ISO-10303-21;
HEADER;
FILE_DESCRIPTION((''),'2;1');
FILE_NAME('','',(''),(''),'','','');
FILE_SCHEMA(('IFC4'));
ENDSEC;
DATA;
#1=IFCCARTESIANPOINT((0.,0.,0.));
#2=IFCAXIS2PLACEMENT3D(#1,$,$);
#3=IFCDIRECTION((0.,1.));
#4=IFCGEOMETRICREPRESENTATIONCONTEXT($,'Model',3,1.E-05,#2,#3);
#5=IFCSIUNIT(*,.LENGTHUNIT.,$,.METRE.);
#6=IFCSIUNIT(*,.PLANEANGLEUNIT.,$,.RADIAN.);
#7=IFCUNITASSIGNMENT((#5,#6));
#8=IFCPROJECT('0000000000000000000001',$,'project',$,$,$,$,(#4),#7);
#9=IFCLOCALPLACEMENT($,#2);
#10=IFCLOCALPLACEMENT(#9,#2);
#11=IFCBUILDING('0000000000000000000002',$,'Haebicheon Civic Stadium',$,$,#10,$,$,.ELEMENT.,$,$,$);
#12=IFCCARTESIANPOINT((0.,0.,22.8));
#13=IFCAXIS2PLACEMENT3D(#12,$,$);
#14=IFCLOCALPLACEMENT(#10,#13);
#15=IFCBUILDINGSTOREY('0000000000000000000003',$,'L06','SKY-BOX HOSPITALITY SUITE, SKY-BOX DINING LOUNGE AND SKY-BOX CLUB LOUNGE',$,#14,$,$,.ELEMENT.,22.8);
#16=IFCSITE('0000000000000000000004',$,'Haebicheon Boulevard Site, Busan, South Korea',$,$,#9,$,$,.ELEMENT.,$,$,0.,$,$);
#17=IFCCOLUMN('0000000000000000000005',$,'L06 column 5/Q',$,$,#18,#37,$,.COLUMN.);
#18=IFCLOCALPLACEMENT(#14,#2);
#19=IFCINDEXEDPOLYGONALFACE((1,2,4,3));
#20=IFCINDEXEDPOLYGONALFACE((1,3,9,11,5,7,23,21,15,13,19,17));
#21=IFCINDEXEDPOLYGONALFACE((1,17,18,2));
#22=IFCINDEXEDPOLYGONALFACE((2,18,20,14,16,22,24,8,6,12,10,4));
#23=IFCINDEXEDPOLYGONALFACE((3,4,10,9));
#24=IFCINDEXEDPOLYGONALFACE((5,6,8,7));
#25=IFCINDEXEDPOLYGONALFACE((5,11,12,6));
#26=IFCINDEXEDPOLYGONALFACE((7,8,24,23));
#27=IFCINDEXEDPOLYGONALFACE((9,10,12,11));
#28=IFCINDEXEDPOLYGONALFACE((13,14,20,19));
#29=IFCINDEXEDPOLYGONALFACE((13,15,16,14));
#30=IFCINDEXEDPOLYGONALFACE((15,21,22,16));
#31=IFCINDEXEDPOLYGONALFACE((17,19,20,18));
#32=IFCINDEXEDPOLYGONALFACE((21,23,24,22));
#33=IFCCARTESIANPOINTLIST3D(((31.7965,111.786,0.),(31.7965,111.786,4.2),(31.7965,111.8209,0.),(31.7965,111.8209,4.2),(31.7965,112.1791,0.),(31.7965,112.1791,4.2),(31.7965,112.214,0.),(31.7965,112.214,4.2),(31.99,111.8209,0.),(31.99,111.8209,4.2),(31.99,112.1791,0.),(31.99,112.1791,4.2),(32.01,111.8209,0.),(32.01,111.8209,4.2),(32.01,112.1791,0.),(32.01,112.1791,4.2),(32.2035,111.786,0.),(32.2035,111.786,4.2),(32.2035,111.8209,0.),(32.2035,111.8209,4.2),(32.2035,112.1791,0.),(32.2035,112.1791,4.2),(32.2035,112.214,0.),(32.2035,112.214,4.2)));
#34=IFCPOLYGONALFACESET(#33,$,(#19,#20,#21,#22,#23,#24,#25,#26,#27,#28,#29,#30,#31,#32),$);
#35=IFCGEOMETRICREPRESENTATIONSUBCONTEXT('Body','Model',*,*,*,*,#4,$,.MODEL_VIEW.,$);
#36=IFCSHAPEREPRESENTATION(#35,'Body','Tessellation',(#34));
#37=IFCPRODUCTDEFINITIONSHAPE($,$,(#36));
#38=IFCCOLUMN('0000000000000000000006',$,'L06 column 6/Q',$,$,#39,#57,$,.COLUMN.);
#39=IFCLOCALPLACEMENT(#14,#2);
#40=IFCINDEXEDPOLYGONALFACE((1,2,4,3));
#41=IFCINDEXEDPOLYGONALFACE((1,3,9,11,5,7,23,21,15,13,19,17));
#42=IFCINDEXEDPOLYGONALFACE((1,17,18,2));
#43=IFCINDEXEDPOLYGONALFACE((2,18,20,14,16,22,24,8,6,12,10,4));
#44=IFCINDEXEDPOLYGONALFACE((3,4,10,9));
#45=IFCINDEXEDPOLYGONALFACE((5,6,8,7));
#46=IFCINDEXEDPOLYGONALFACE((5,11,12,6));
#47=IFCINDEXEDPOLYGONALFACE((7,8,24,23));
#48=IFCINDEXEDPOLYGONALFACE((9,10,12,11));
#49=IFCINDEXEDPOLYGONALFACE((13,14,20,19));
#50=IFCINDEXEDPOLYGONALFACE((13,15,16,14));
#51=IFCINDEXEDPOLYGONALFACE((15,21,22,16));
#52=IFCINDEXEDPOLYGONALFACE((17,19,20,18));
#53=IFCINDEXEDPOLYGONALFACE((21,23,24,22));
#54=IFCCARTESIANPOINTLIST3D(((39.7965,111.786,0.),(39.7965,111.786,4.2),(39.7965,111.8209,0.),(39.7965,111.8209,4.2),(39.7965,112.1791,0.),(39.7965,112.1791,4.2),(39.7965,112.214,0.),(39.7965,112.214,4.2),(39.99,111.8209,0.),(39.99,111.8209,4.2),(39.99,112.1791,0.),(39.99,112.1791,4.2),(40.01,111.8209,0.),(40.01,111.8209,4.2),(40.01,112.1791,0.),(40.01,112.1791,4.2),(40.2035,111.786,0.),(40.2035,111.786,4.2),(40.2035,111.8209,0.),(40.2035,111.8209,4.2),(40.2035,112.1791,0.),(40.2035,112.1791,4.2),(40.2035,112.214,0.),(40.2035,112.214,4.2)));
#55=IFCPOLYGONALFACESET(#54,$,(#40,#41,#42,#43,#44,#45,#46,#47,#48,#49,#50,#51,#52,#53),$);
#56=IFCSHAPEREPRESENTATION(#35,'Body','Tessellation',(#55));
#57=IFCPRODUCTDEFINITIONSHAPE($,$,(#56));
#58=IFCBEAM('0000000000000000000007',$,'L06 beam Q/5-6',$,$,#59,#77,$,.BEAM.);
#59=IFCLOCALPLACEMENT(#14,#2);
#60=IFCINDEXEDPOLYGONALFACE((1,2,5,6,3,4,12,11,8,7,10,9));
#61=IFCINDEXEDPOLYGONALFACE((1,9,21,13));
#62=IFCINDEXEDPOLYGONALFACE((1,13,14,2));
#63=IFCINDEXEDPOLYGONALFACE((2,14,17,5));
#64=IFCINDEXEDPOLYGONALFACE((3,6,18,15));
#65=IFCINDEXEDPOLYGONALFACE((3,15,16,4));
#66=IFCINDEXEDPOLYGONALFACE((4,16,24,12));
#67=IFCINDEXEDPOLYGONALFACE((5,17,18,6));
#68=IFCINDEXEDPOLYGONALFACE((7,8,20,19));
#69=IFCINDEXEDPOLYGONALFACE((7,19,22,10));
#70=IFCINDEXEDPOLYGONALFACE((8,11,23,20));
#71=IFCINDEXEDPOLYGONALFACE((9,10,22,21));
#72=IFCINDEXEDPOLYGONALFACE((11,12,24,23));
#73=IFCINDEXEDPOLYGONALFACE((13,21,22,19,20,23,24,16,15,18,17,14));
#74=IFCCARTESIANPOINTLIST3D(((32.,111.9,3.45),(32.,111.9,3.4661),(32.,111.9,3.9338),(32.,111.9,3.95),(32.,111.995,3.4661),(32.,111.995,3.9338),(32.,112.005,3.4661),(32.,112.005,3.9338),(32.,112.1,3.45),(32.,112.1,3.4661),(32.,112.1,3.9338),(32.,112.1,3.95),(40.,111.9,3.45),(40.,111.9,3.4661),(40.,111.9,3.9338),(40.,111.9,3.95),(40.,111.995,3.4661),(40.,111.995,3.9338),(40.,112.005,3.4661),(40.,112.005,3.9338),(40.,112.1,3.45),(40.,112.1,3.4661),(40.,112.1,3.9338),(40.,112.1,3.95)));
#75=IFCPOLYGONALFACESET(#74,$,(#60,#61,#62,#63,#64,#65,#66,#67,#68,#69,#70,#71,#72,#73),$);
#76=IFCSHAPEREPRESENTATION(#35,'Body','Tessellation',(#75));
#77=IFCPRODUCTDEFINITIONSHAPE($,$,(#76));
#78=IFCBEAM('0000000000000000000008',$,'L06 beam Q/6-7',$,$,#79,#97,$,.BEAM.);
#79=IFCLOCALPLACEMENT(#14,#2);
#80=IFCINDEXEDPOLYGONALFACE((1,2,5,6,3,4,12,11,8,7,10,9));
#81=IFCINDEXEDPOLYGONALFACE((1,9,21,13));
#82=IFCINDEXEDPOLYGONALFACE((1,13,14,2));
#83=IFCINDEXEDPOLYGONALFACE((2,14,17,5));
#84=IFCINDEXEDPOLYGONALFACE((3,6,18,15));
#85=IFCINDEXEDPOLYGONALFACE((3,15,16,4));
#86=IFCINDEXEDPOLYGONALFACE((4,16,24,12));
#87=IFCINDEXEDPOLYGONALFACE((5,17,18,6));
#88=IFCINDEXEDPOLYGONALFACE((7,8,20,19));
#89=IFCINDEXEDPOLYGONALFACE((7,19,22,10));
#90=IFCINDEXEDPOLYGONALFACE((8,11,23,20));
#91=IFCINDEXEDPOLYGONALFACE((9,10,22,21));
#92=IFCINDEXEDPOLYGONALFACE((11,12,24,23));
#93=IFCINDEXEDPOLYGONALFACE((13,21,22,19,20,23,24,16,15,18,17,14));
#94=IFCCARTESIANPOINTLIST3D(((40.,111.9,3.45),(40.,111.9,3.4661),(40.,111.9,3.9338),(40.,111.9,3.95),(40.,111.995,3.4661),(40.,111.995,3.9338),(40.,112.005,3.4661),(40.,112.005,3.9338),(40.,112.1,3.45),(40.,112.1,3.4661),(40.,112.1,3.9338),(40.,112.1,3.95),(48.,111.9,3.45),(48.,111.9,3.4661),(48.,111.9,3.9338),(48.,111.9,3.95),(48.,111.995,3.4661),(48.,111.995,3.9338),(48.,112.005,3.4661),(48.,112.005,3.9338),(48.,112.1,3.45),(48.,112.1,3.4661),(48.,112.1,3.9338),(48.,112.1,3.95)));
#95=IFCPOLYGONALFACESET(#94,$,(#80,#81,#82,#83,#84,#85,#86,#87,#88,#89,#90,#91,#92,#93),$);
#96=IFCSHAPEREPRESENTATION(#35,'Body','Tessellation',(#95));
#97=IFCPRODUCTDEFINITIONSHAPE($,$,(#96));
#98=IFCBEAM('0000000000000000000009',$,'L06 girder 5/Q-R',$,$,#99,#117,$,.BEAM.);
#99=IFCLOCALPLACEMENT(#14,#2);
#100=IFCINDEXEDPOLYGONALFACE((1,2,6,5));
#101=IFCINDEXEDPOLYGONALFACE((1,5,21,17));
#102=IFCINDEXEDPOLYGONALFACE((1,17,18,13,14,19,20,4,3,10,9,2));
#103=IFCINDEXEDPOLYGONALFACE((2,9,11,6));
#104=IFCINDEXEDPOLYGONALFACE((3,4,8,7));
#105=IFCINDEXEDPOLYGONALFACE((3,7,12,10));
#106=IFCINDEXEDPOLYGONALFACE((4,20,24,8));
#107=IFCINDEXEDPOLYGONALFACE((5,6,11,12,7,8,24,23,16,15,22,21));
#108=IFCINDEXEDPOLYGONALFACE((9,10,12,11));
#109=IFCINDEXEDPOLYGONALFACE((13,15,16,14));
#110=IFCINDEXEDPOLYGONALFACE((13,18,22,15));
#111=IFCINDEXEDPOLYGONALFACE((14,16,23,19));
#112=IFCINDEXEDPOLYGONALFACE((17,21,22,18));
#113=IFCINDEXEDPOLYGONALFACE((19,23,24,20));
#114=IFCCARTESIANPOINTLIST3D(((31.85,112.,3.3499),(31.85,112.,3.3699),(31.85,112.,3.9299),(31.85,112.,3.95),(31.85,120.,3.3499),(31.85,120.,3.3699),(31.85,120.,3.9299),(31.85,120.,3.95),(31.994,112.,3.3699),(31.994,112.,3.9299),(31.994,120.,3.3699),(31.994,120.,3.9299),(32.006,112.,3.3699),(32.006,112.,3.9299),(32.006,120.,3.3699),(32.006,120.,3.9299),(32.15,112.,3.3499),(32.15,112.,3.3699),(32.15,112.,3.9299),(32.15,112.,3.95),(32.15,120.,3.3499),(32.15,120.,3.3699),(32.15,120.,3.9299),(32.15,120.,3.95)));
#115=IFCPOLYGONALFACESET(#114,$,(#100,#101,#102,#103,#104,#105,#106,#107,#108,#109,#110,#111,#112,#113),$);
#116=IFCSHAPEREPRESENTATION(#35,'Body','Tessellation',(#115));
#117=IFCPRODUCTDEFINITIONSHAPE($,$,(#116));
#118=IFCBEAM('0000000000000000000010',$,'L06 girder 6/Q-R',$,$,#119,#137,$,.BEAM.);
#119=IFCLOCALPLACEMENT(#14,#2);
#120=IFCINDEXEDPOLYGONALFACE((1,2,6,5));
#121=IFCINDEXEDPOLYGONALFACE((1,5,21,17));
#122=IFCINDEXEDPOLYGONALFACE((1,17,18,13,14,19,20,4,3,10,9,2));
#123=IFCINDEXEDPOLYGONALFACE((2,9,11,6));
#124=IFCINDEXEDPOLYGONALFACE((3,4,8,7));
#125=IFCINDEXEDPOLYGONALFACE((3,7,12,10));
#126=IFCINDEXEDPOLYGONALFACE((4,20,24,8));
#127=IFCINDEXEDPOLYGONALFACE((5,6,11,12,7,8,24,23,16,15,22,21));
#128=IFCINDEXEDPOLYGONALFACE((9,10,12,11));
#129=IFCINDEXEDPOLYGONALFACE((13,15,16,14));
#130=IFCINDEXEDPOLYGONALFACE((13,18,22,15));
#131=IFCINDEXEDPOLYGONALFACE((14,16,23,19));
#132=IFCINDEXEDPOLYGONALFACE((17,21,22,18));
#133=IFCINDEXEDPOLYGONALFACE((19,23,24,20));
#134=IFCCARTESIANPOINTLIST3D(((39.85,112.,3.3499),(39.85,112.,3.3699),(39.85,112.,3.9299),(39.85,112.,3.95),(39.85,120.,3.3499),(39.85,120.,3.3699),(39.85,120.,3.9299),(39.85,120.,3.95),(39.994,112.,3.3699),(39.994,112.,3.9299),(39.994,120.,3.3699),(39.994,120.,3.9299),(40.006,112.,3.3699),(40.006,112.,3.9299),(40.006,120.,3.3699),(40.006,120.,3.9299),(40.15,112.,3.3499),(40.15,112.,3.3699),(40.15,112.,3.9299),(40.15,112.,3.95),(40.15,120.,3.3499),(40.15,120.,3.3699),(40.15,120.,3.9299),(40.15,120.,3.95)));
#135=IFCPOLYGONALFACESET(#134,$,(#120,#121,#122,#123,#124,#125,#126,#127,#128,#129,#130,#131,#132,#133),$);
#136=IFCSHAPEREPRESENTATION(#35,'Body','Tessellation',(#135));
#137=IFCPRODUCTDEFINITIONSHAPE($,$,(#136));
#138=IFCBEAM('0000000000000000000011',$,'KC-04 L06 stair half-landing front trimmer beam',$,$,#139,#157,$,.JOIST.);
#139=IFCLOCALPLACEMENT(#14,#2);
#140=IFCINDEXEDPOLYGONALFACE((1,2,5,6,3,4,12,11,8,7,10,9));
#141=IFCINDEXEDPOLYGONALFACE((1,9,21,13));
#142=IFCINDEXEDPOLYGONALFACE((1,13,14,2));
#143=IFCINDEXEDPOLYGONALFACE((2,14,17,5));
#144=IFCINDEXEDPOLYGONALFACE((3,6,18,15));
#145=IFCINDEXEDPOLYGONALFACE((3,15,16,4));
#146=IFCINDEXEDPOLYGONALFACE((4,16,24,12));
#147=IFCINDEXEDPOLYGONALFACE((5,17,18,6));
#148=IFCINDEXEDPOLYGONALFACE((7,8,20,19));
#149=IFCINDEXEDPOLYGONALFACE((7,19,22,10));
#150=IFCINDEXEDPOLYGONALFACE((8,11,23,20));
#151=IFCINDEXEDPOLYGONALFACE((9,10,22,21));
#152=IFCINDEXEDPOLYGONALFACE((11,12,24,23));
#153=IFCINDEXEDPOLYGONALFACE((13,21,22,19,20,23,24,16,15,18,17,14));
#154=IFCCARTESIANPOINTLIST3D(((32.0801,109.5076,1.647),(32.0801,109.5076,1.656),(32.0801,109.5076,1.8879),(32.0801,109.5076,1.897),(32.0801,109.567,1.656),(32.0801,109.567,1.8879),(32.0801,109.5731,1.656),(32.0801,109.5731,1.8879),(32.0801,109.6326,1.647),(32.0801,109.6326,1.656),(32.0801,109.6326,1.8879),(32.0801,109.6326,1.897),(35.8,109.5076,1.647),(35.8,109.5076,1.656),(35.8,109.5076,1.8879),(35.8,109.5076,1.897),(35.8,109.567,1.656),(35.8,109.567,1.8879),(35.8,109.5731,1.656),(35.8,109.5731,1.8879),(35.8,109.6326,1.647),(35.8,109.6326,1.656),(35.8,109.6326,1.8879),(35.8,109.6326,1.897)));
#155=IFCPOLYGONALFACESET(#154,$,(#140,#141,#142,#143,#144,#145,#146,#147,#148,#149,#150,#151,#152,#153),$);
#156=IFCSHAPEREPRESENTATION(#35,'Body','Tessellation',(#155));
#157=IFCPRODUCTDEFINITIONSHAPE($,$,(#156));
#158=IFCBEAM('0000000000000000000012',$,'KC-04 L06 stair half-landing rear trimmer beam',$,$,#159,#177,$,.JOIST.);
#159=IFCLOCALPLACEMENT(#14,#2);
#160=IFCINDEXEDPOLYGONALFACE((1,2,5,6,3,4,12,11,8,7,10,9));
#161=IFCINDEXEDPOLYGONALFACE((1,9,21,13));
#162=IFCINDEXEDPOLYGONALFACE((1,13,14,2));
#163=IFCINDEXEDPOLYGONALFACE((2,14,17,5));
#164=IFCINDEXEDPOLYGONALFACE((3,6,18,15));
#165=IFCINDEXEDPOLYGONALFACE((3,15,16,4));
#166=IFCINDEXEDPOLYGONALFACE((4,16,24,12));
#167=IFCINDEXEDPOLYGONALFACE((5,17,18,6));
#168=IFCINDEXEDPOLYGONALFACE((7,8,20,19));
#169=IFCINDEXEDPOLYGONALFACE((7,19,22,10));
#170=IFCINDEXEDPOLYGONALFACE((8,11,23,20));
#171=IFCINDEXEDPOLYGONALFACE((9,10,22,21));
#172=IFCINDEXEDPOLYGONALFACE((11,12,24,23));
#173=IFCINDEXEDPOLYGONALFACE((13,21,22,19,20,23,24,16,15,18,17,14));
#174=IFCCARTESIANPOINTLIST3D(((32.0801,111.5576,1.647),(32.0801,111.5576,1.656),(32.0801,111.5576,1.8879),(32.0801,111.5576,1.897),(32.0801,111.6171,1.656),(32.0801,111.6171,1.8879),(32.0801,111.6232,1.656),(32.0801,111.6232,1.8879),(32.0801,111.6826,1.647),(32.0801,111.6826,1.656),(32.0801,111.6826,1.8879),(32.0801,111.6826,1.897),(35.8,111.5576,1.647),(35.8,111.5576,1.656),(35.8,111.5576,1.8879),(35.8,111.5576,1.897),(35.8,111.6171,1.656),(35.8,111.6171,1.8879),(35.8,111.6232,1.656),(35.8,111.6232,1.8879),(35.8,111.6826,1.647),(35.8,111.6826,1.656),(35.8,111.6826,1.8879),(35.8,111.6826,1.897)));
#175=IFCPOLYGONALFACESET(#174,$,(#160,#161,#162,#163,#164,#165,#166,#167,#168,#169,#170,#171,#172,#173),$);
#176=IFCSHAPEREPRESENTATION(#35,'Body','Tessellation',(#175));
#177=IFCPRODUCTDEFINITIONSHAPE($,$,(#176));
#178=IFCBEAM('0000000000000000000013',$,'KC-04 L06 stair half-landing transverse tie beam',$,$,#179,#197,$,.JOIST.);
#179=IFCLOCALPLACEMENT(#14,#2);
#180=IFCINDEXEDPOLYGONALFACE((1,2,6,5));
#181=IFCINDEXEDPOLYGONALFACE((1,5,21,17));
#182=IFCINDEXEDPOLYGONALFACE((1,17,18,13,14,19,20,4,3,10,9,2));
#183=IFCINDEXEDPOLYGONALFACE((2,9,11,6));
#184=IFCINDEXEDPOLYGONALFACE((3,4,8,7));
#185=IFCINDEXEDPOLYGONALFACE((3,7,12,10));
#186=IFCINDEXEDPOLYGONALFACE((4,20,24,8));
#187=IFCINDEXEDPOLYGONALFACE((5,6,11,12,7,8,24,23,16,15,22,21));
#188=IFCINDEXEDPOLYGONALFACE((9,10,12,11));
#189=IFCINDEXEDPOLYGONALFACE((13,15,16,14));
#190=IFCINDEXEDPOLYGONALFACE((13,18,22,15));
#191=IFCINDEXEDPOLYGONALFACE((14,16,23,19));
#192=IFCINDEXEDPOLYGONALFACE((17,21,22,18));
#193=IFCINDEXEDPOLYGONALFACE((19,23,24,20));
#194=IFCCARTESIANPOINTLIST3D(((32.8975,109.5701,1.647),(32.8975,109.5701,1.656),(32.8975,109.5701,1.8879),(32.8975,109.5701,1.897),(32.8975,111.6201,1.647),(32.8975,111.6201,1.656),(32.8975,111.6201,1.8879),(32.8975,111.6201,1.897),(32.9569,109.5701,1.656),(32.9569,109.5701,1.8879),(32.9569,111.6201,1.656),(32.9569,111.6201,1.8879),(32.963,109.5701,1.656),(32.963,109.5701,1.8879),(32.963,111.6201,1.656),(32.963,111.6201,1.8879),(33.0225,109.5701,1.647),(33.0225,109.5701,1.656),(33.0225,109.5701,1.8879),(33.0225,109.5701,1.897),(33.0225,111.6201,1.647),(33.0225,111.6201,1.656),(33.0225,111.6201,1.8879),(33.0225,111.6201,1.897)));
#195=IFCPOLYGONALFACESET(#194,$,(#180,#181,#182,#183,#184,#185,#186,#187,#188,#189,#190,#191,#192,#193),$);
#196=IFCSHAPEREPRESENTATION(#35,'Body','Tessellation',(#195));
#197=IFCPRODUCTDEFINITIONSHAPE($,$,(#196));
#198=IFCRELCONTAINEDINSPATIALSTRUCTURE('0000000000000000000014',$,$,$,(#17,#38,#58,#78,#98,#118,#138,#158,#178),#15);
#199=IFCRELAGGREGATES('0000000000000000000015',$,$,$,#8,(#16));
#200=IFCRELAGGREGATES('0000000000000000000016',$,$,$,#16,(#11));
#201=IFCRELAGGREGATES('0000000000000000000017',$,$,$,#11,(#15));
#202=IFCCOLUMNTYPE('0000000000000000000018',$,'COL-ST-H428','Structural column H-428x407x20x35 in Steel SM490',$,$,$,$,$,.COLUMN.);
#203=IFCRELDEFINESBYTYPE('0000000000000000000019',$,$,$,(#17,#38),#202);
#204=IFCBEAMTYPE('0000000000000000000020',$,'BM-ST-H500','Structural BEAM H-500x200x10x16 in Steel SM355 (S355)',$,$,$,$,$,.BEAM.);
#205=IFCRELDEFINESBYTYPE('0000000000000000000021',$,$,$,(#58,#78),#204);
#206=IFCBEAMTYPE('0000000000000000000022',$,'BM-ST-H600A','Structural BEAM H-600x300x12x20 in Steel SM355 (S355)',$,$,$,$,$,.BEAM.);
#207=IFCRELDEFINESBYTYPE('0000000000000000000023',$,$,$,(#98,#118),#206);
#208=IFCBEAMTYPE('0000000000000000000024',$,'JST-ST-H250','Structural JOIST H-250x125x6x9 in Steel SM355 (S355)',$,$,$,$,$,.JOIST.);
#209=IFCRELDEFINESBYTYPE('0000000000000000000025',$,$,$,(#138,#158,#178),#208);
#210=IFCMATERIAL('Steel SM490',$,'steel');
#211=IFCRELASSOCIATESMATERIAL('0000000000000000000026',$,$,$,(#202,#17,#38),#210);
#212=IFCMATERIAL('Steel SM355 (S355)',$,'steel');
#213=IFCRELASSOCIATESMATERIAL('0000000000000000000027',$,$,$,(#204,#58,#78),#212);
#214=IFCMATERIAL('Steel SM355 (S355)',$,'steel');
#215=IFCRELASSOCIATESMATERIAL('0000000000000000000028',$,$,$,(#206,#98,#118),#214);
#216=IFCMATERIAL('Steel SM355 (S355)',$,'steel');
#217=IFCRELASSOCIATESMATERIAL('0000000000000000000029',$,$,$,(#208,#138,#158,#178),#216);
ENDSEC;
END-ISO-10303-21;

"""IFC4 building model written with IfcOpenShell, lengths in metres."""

from ifc_helpers import new_model, si_unit, direction, frame, origin, origin_2d, place, context, subcontext, project, spatial, i_section, extrude, material, material_profile, profile_set, type_object, element, save


model = new_model("IFC4")

# Units and contexts
model_context = context("Model", 3, precision=1e-05, world=origin(), true_north=direction((0.0, 1.0)))
body_context = subcontext(model_context, "Body", "Model", "MODEL_VIEW")
ifc_project = project(units=[si_unit("LENGTHUNIT", "METRE"), si_unit("PLANEANGLEUNIT", "RADIAN")], contexts=[model_context])

# Site, building, storey
site_placement = place(None, origin())
site = spatial("IfcSite", under=ifc_project, at=site_placement, Name="Haebicheon Boulevard Site, Busan, South Korea", CompositionType="ELEMENT", RefElevation=0.0)
building_placement = place(site_placement, origin())
building = spatial("IfcBuilding", under=site, at=building_placement, Name="Haebicheon Civic Stadium", CompositionType="ELEMENT")
storey_placement = place(building_placement, frame((0.0, 0.0, 22.8)))
storey = spatial("IfcBuildingStorey", under=building, at=storey_placement, Name="L06", Description="SKY-BOX HOSPITALITY SUITE, SKY-BOX DINING LOUNGE AND SKY-BOX CLUB LOUNGE", CompositionType="ELEMENT", Elevation=22.8)

# Columns
ifc_material_1 = material(Name="Steel SM490", Category="steel")
ifc_material_profile_1 = material_profile(ifc_material_1, i_section(OverallWidth=0.407, OverallDepth=0.428, WebThickness=0.02, FlangeThickness=0.0349, at=origin_2d()), Name="H-428x407x20x35")
ifc_profile_set_1 = profile_set([ifc_material_profile_1], Name="Steel SM490")
column_type = type_object("IfcColumnType", Name="COL-ST-H428", Description="Structural column H-428x407x20x35 in Steel SM490", PredefinedType="COLUMN", material=ifc_profile_set_1)
for number, where, z_axis, x_axis, name in (
    (1, (32.0, 112.0, 0.0), (0.0, 0.0, 1.0), (1.0, 0.0, 0.0), "L06 column 5/Q"),
    (2, (40.0, 112.0, 0.0), (0.0, 0.0, 1.0), (1.0, 0.0, 0.0), "L06 column 6/Q"),
):
    element("IfcColumn", number, at=place(storey_placement, frame(where, z_axis=z_axis, x_axis=x_axis)), inside=storey, type_object=column_type, material=ifc_profile_set_1, Name=name, PredefinedType="COLUMN", context=body_context, shape_type="SweptSolid", body=[
        extrude(i_section(OverallWidth=0.407, OverallDepth=0.428, WebThickness=0.02, FlangeThickness=0.0349, at=origin_2d()), origin(), (0.0, 0.0, 1.0), 4.2),
    ])

# Beams
ifc_material_2 = material(Name="Steel SM355 (S355)", Category="steel")
ifc_material_profile_2 = material_profile(ifc_material_2, i_section(OverallWidth=0.2, OverallDepth=0.5, WebThickness=0.01, FlangeThickness=0.0161, at=origin_2d()), Name="H-500x200x10x16")
ifc_profile_set_2 = profile_set([ifc_material_profile_2], Name="Steel SM355 (S355)")
beam_type_1 = type_object("IfcBeamType", Name="BM-ST-H500", Description="Structural BEAM H-500x200x10x16 in Steel SM355 (S355)", PredefinedType="BEAM", material=ifc_profile_set_2)
for number, where, z_axis, x_axis, name in (
    (3, (32.0, 112.0, 3.7), (1.0, 0.0, 0.0), (0.0, 1.0, 0.0), "L06 beam Q/5-6"),
    (4, (40.0, 112.0, 3.7), (1.0, 0.0, 0.0), (0.0, 1.0, 0.0), "L06 beam Q/6-7"),
):
    element("IfcBeam", number, at=place(storey_placement, frame(where, z_axis=z_axis, x_axis=x_axis)), inside=storey, type_object=beam_type_1, material=ifc_profile_set_2, Name=name, PredefinedType="BEAM", context=body_context, shape_type="SweptSolid", body=[
        extrude(i_section(OverallWidth=0.2, OverallDepth=0.5, WebThickness=0.01, FlangeThickness=0.0161, at=origin_2d()), origin(), (0.0, 0.0, 1.0), 8.0),
    ])
ifc_material_3 = material(Name="Steel SM355 (S355)", Category="steel")
ifc_material_profile_3 = material_profile(ifc_material_3, i_section(OverallWidth=0.3, OverallDepth=0.6001, WebThickness=0.012, FlangeThickness=0.02, at=origin_2d()), Name="H-600x300x12x20")
ifc_profile_set_3 = profile_set([ifc_material_profile_3], Name="Steel SM355 (S355)")
beam_type_2 = type_object("IfcBeamType", Name="BM-ST-H600A", Description="Structural BEAM H-600x300x12x20 in Steel SM355 (S355)", PredefinedType="BEAM", material=ifc_profile_set_3)
for number, where, z_axis, x_axis, name in (
    (5, (32.0, 112.0, 3.6499), (0.0, 1.0, 0.0), (-1.0, 0.0, 0.0), "L06 girder 5/Q-R"),
    (6, (40.0, 112.0, 3.6499), (0.0, 1.0, 0.0), (-1.0, 0.0, 0.0), "L06 girder 6/Q-R"),
):
    element("IfcBeam", number, at=place(storey_placement, frame(where, z_axis=z_axis, x_axis=x_axis)), inside=storey, type_object=beam_type_2, material=ifc_profile_set_3, Name=name, PredefinedType="BEAM", context=body_context, shape_type="SweptSolid", body=[
        extrude(i_section(OverallWidth=0.3, OverallDepth=0.6001, WebThickness=0.012, FlangeThickness=0.02, at=origin_2d()), origin(), (0.0, 0.0, 1.0), 8.0),
    ])
ifc_material_4 = material(Name="Steel SM355 (S355)", Category="steel")
ifc_material_profile_4 = material_profile(ifc_material_4, i_section(OverallWidth=0.125, OverallDepth=0.25, WebThickness=0.0061, FlangeThickness=0.009, at=origin_2d()), Name="H-250x125x6x9")
ifc_profile_set_4 = profile_set([ifc_material_profile_4], Name="Steel SM355 (S355)")
beam_type_3 = type_object("IfcBeamType", Name="JST-ST-H250", Description="Structural JOIST H-250x125x6x9 in Steel SM355 (S355)", PredefinedType="JOIST", material=ifc_profile_set_4)
for number, where, z_axis, x_axis, name in (
    (7, (32.0801, 109.5701, 1.772), (1.0, 0.0, 0.0), (0.0, 1.0, 0.0), "KC-04 L06 stair half-landing front trimmer beam"),
    (8, (32.0801, 111.6201, 1.772), (1.0, 0.0, 0.0), (0.0, 1.0, 0.0), "KC-04 L06 stair half-landing rear trimmer beam"),
):
    element("IfcBeam", number, at=place(storey_placement, frame(where, z_axis=z_axis, x_axis=x_axis)), inside=storey, type_object=beam_type_3, material=ifc_profile_set_4, Name=name, PredefinedType="JOIST", context=body_context, shape_type="SweptSolid", body=[
        extrude(i_section(OverallWidth=0.125, OverallDepth=0.25, WebThickness=0.0061, FlangeThickness=0.009, at=origin_2d()), origin(), (0.0, 0.0, 1.0), 3.72),
    ])
beam_1_placement = place(storey_placement, frame((32.96, 109.5701, 1.772), z_axis=(0.0, 1.0, 0.0), x_axis=(-1.0, 0.0, 0.0)))
element("IfcBeam", 9, at=beam_1_placement, inside=storey, type_object=beam_type_3, material=ifc_profile_set_4, Name="KC-04 L06 stair half-landing transverse tie beam", PredefinedType="JOIST", context=body_context, shape_type="SweptSolid", body=[
    extrude(i_section(OverallWidth=0.125, OverallDepth=0.25, WebThickness=0.0061, FlangeThickness=0.009, at=origin_2d()), origin(), (0.0, 0.0, 1.0), 2.05),
])

save(model, "model.ifc")
